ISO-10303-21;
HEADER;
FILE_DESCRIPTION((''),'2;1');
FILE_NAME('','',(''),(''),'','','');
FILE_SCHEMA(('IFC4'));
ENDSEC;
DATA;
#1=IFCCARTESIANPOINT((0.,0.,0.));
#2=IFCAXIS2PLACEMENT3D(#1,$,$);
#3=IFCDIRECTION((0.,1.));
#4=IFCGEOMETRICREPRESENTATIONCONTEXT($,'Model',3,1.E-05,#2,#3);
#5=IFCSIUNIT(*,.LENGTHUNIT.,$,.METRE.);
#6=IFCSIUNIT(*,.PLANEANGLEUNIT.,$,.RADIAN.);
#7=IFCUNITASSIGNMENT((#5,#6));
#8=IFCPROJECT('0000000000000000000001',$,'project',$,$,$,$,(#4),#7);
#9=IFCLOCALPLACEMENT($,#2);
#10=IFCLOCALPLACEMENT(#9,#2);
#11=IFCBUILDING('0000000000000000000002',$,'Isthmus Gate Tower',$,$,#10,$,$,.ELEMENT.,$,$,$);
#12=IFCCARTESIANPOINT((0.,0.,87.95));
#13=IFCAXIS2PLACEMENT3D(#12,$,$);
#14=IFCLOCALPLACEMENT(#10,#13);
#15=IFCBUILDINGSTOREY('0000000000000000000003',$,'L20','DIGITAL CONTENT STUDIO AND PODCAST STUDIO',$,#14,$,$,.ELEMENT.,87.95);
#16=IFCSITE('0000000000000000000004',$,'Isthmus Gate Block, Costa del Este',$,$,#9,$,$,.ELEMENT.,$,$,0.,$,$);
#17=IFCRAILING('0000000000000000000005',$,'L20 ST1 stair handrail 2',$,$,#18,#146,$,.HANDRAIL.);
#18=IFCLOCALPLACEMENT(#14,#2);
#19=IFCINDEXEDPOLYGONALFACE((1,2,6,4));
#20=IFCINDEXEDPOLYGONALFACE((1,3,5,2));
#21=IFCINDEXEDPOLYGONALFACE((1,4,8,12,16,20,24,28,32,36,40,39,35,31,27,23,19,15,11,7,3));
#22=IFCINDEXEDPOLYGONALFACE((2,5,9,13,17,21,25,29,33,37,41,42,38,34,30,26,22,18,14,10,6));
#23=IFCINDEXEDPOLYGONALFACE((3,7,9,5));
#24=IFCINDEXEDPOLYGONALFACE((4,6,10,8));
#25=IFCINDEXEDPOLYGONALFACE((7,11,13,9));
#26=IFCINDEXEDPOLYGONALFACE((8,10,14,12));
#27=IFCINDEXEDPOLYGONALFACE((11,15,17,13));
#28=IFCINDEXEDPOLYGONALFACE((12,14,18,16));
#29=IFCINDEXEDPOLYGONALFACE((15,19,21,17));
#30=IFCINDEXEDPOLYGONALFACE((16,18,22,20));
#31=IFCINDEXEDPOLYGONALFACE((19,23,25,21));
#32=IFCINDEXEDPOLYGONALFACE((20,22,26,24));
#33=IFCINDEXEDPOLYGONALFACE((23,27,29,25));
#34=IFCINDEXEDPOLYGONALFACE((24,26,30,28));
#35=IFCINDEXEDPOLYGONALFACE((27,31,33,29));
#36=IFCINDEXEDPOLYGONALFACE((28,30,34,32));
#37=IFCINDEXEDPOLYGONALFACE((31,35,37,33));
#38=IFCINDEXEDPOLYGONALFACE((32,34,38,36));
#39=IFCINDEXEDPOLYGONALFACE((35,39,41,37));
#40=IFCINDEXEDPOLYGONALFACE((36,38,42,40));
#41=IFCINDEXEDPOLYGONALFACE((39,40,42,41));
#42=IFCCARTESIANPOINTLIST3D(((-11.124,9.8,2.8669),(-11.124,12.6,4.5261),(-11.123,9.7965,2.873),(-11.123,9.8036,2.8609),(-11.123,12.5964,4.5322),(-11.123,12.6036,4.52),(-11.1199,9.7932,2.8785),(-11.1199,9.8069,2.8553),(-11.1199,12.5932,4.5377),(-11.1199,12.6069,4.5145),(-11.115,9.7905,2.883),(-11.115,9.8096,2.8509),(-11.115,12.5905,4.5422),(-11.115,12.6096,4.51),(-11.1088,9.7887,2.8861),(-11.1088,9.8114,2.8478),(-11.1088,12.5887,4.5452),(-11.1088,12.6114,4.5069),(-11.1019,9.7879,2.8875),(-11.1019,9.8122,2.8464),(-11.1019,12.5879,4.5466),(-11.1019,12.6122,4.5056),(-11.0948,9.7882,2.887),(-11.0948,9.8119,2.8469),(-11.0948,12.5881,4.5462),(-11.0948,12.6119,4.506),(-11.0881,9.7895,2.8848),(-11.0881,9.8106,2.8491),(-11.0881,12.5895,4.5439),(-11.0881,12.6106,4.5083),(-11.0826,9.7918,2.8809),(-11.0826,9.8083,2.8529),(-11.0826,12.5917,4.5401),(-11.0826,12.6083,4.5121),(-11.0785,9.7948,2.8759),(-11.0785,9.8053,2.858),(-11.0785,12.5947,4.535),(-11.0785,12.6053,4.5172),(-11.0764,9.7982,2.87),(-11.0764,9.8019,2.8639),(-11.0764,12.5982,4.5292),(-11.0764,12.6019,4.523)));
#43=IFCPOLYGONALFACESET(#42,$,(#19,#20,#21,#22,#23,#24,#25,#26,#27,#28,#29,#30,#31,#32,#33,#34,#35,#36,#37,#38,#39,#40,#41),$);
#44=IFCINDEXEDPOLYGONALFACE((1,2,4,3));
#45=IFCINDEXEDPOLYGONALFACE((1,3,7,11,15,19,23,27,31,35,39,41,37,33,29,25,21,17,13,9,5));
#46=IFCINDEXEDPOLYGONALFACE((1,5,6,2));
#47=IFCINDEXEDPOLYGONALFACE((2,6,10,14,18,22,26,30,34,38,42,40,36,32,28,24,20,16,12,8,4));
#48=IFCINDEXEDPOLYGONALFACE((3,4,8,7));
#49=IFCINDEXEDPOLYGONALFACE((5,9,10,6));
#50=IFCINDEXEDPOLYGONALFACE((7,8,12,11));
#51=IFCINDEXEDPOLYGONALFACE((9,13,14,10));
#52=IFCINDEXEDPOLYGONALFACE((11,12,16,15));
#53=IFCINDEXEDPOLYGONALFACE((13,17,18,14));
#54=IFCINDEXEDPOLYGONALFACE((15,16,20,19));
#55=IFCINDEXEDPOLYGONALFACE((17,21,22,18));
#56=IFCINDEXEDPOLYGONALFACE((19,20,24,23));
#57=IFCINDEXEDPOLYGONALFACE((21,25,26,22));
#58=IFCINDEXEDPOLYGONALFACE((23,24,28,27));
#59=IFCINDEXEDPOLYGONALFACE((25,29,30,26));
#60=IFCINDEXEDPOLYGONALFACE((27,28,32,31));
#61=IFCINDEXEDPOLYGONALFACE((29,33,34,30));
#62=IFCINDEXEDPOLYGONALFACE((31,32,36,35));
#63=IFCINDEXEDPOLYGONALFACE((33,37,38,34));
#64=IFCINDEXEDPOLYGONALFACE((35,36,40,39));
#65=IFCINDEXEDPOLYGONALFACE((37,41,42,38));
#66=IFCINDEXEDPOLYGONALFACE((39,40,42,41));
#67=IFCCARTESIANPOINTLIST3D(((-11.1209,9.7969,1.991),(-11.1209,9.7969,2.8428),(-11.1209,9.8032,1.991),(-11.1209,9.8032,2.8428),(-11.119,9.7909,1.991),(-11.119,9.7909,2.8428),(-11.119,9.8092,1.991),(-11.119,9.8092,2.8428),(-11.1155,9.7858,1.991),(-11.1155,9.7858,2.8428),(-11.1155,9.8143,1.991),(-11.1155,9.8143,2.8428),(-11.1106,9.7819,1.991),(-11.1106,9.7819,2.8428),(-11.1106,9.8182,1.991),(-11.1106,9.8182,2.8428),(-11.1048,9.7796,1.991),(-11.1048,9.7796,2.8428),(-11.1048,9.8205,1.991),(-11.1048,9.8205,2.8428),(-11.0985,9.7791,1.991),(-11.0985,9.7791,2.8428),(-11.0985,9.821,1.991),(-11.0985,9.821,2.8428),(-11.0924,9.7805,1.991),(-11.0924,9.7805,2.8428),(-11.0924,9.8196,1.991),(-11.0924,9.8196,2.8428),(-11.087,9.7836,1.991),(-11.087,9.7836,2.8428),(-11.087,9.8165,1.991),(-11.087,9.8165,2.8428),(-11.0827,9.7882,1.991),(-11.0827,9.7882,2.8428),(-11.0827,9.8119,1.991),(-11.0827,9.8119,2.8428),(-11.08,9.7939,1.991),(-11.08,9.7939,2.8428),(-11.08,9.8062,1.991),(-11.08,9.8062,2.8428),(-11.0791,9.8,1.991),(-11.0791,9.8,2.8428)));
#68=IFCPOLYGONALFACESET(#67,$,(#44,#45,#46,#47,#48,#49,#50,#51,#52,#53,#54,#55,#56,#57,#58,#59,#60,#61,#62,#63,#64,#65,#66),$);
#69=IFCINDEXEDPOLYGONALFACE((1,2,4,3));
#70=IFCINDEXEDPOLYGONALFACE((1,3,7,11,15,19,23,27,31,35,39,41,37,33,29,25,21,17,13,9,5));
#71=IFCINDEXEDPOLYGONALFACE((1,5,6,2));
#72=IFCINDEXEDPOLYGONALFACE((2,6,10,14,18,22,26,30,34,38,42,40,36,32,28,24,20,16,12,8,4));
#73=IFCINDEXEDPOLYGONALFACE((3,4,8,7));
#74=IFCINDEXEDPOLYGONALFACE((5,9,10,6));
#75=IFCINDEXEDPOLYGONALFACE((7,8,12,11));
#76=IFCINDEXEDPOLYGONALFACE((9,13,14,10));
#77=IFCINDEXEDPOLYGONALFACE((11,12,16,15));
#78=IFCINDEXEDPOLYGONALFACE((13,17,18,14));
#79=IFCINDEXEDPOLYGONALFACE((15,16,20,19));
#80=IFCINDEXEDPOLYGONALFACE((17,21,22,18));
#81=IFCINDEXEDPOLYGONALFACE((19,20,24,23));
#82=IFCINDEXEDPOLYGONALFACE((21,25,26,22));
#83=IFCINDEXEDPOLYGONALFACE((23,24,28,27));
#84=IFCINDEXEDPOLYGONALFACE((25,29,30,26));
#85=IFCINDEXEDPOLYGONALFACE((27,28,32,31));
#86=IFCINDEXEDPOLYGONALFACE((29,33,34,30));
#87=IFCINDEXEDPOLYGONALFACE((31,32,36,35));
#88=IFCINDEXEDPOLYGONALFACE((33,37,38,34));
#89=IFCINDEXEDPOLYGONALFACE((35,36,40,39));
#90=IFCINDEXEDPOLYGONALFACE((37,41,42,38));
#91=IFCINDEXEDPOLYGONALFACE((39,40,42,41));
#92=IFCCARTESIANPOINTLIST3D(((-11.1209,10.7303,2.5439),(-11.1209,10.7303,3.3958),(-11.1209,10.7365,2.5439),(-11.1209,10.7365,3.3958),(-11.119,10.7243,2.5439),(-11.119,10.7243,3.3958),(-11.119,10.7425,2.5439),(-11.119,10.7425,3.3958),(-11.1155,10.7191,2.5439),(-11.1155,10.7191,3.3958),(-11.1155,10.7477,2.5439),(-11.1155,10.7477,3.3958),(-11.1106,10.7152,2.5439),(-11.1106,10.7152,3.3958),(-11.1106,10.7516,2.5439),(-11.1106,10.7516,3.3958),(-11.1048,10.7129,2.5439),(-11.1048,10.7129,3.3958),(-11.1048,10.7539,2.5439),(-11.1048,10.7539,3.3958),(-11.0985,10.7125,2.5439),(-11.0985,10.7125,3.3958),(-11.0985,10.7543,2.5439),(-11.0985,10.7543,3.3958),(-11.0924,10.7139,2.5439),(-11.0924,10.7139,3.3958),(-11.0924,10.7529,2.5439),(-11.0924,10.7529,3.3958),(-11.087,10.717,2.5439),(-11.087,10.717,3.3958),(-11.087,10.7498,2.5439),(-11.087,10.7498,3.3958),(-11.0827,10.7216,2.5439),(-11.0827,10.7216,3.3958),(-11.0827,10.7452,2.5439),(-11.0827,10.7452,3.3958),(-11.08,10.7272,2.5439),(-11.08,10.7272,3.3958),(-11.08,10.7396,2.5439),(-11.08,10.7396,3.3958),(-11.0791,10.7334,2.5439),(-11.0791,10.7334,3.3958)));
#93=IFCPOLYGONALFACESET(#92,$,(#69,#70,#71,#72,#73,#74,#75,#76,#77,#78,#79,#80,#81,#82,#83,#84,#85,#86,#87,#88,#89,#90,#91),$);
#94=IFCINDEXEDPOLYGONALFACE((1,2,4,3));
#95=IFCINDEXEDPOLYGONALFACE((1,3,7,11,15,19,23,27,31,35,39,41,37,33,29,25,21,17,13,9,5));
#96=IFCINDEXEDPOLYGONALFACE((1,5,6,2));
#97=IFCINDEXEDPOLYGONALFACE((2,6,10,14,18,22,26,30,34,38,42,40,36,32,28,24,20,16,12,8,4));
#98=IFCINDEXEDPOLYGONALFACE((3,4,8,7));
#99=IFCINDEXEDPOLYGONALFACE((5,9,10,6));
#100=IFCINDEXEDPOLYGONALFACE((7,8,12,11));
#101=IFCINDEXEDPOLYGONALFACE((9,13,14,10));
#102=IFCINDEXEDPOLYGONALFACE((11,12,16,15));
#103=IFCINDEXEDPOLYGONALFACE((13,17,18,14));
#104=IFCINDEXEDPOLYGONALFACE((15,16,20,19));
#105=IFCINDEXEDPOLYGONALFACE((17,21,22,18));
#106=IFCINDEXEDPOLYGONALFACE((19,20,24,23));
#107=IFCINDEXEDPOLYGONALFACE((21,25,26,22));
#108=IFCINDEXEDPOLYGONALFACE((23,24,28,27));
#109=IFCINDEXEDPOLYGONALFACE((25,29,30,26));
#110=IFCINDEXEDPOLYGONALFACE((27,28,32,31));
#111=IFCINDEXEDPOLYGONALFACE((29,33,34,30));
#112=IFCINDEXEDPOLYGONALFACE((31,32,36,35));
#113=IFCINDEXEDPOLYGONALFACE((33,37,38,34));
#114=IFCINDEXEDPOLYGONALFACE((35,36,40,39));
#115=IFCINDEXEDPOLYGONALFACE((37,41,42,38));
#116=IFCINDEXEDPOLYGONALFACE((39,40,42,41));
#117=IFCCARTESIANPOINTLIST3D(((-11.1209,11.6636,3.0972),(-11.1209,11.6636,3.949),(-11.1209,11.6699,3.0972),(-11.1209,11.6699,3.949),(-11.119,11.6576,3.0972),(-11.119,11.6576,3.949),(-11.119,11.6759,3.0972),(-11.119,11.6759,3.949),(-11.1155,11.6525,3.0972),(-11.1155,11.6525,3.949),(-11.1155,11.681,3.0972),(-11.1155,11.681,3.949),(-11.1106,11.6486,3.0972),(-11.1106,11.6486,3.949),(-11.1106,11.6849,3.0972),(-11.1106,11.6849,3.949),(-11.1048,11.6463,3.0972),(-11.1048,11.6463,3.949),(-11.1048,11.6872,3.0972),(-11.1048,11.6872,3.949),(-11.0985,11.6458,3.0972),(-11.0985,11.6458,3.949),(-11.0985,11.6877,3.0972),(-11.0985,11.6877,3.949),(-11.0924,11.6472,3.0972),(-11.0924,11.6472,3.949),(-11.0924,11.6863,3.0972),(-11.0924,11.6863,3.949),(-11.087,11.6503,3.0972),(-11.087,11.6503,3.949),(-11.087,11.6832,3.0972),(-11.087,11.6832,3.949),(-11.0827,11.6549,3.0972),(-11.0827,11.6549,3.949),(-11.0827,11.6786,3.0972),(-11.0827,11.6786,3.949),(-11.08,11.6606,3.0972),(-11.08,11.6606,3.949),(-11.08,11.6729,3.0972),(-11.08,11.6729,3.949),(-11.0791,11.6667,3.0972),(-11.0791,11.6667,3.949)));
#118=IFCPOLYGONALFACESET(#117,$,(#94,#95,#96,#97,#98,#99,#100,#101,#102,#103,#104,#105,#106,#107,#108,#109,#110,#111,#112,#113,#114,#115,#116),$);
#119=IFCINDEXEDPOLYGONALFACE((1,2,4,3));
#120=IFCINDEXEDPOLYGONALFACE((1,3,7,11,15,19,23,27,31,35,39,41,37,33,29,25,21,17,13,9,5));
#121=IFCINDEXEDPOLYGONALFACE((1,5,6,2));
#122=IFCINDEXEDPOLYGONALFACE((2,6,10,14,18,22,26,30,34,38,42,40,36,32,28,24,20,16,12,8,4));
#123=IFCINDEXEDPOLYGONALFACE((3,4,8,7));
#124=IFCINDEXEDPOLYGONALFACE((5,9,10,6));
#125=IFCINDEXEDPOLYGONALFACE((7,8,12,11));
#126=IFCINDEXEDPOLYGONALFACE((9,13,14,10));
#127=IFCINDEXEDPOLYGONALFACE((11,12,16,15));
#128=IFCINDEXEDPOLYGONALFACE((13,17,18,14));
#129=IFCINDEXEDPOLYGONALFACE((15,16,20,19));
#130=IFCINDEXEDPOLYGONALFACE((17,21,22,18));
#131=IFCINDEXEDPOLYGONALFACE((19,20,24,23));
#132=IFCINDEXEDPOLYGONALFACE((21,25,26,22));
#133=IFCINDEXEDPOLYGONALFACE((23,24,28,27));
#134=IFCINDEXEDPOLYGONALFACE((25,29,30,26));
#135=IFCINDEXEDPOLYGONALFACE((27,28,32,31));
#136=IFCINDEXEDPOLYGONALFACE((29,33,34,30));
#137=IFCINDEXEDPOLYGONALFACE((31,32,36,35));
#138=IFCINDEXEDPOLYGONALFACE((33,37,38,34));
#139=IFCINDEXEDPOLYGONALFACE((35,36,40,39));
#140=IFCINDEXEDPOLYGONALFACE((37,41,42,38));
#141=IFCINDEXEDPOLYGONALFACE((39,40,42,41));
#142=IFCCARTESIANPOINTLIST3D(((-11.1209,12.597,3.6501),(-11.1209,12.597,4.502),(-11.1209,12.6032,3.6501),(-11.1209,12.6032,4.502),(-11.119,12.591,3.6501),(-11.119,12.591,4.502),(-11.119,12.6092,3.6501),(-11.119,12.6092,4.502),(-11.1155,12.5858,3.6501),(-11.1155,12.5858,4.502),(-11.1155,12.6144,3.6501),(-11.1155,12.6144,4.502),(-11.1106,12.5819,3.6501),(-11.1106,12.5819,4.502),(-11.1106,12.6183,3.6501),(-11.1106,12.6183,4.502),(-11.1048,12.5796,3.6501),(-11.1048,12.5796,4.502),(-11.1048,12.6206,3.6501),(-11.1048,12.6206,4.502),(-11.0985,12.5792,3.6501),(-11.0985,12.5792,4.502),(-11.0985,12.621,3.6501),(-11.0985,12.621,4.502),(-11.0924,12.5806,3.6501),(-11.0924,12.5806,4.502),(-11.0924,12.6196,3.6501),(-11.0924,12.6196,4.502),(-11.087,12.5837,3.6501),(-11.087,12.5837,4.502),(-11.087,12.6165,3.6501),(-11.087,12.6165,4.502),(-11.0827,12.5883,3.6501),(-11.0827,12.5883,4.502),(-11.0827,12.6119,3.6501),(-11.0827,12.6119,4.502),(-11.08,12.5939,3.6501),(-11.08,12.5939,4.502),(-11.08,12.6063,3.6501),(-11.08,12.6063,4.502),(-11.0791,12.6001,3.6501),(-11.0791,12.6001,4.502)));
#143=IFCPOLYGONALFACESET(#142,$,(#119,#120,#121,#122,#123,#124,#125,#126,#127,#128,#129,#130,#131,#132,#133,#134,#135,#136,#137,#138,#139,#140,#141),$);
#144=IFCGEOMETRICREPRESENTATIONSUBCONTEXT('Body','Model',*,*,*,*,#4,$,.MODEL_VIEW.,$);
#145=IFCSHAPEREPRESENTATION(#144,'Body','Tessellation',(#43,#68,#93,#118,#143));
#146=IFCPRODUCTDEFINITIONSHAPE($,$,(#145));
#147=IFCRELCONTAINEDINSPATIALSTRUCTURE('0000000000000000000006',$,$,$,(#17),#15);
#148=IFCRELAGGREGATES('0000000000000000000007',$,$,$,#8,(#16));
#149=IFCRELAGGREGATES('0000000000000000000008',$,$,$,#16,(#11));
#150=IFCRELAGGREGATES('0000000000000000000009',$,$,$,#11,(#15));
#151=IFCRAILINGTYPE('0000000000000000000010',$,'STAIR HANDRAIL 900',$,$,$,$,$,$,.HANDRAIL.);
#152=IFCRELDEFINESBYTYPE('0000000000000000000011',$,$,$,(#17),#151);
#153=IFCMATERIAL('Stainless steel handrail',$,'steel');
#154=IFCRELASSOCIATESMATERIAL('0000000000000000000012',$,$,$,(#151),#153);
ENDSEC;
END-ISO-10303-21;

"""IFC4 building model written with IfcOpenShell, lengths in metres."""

from ifc_helpers import new_model, si_unit, direction, frame, origin, origin_2d, place, context, subcontext, project, spatial, circle, extrude, material, type_object, element, save


model = new_model("IFC4")

# Units and contexts
model_context = context("Model", 3, precision=1e-05, world=origin(), true_north=direction((0.0, 1.0)))
body_context = subcontext(model_context, "Body", "Model", "MODEL_VIEW")
ifc_project = project(units=[si_unit("LENGTHUNIT", "METRE"), si_unit("PLANEANGLEUNIT", "RADIAN")], contexts=[model_context])

# Site, building, storey
site_placement = place(None, origin())
site = spatial("IfcSite", under=ifc_project, at=site_placement, Name="Isthmus Gate Block, Costa del Este", CompositionType="ELEMENT", RefElevation=0.0)
building_placement = place(site_placement, origin())
building = spatial("IfcBuilding", under=site, at=building_placement, Name="Isthmus Gate Tower", CompositionType="ELEMENT")
storey_placement = place(building_placement, frame((0.0, 0.0, 87.95)))
storey = spatial("IfcBuildingStorey", under=building, at=storey_placement, Name="L20", Description="DIGITAL CONTENT STUDIO AND PODCAST STUDIO", CompositionType="ELEMENT", Elevation=87.95)

# Railing
ifc_material_1 = material(Name="Stainless steel handrail", Category="steel")
railing_type_1 = type_object("IfcRailingType", Name="STAIR HANDRAIL 900", PredefinedType="HANDRAIL", material=ifc_material_1)
railing_1_placement = place(storey_placement, frame((-11.1001, 9.8, 1.991)))
element("IfcRailing", 1, at=railing_1_placement, inside=storey, type_object=railing_type_1, Name="L20 ST1 stair handrail 2", PredefinedType="HANDRAIL", context=body_context, shape_type="SweptSolid", body=[
    extrude(circle(Radius=0.0239, at=origin_2d()), frame((0.0, 0.0, 0.876), z_axis=(0.0, 0.860306, 0.509778), x_axis=(-1.0, 0.0, 0.0)), (0.0, 0.0, 1.0), 3.2546),
    extrude(circle(Radius=0.021, at=origin_2d()), origin(), (0.0, 0.0, 1.0), 0.8518),
    extrude(circle(Radius=0.021, at=origin_2d()), frame((0.0, 0.9333, 0.553)), (0.0, 0.0, 1.0), 0.8518),
    extrude(circle(Radius=0.021, at=origin_2d()), frame((0.0, 1.8667, 1.1062)), (0.0, 0.0, 1.0), 0.8518),
    extrude(circle(Radius=0.021, at=origin_2d()), frame((0.0, 2.8, 1.6592)), (0.0, 0.0, 1.0), 0.8518),
])

save(model, "model.ifc")
